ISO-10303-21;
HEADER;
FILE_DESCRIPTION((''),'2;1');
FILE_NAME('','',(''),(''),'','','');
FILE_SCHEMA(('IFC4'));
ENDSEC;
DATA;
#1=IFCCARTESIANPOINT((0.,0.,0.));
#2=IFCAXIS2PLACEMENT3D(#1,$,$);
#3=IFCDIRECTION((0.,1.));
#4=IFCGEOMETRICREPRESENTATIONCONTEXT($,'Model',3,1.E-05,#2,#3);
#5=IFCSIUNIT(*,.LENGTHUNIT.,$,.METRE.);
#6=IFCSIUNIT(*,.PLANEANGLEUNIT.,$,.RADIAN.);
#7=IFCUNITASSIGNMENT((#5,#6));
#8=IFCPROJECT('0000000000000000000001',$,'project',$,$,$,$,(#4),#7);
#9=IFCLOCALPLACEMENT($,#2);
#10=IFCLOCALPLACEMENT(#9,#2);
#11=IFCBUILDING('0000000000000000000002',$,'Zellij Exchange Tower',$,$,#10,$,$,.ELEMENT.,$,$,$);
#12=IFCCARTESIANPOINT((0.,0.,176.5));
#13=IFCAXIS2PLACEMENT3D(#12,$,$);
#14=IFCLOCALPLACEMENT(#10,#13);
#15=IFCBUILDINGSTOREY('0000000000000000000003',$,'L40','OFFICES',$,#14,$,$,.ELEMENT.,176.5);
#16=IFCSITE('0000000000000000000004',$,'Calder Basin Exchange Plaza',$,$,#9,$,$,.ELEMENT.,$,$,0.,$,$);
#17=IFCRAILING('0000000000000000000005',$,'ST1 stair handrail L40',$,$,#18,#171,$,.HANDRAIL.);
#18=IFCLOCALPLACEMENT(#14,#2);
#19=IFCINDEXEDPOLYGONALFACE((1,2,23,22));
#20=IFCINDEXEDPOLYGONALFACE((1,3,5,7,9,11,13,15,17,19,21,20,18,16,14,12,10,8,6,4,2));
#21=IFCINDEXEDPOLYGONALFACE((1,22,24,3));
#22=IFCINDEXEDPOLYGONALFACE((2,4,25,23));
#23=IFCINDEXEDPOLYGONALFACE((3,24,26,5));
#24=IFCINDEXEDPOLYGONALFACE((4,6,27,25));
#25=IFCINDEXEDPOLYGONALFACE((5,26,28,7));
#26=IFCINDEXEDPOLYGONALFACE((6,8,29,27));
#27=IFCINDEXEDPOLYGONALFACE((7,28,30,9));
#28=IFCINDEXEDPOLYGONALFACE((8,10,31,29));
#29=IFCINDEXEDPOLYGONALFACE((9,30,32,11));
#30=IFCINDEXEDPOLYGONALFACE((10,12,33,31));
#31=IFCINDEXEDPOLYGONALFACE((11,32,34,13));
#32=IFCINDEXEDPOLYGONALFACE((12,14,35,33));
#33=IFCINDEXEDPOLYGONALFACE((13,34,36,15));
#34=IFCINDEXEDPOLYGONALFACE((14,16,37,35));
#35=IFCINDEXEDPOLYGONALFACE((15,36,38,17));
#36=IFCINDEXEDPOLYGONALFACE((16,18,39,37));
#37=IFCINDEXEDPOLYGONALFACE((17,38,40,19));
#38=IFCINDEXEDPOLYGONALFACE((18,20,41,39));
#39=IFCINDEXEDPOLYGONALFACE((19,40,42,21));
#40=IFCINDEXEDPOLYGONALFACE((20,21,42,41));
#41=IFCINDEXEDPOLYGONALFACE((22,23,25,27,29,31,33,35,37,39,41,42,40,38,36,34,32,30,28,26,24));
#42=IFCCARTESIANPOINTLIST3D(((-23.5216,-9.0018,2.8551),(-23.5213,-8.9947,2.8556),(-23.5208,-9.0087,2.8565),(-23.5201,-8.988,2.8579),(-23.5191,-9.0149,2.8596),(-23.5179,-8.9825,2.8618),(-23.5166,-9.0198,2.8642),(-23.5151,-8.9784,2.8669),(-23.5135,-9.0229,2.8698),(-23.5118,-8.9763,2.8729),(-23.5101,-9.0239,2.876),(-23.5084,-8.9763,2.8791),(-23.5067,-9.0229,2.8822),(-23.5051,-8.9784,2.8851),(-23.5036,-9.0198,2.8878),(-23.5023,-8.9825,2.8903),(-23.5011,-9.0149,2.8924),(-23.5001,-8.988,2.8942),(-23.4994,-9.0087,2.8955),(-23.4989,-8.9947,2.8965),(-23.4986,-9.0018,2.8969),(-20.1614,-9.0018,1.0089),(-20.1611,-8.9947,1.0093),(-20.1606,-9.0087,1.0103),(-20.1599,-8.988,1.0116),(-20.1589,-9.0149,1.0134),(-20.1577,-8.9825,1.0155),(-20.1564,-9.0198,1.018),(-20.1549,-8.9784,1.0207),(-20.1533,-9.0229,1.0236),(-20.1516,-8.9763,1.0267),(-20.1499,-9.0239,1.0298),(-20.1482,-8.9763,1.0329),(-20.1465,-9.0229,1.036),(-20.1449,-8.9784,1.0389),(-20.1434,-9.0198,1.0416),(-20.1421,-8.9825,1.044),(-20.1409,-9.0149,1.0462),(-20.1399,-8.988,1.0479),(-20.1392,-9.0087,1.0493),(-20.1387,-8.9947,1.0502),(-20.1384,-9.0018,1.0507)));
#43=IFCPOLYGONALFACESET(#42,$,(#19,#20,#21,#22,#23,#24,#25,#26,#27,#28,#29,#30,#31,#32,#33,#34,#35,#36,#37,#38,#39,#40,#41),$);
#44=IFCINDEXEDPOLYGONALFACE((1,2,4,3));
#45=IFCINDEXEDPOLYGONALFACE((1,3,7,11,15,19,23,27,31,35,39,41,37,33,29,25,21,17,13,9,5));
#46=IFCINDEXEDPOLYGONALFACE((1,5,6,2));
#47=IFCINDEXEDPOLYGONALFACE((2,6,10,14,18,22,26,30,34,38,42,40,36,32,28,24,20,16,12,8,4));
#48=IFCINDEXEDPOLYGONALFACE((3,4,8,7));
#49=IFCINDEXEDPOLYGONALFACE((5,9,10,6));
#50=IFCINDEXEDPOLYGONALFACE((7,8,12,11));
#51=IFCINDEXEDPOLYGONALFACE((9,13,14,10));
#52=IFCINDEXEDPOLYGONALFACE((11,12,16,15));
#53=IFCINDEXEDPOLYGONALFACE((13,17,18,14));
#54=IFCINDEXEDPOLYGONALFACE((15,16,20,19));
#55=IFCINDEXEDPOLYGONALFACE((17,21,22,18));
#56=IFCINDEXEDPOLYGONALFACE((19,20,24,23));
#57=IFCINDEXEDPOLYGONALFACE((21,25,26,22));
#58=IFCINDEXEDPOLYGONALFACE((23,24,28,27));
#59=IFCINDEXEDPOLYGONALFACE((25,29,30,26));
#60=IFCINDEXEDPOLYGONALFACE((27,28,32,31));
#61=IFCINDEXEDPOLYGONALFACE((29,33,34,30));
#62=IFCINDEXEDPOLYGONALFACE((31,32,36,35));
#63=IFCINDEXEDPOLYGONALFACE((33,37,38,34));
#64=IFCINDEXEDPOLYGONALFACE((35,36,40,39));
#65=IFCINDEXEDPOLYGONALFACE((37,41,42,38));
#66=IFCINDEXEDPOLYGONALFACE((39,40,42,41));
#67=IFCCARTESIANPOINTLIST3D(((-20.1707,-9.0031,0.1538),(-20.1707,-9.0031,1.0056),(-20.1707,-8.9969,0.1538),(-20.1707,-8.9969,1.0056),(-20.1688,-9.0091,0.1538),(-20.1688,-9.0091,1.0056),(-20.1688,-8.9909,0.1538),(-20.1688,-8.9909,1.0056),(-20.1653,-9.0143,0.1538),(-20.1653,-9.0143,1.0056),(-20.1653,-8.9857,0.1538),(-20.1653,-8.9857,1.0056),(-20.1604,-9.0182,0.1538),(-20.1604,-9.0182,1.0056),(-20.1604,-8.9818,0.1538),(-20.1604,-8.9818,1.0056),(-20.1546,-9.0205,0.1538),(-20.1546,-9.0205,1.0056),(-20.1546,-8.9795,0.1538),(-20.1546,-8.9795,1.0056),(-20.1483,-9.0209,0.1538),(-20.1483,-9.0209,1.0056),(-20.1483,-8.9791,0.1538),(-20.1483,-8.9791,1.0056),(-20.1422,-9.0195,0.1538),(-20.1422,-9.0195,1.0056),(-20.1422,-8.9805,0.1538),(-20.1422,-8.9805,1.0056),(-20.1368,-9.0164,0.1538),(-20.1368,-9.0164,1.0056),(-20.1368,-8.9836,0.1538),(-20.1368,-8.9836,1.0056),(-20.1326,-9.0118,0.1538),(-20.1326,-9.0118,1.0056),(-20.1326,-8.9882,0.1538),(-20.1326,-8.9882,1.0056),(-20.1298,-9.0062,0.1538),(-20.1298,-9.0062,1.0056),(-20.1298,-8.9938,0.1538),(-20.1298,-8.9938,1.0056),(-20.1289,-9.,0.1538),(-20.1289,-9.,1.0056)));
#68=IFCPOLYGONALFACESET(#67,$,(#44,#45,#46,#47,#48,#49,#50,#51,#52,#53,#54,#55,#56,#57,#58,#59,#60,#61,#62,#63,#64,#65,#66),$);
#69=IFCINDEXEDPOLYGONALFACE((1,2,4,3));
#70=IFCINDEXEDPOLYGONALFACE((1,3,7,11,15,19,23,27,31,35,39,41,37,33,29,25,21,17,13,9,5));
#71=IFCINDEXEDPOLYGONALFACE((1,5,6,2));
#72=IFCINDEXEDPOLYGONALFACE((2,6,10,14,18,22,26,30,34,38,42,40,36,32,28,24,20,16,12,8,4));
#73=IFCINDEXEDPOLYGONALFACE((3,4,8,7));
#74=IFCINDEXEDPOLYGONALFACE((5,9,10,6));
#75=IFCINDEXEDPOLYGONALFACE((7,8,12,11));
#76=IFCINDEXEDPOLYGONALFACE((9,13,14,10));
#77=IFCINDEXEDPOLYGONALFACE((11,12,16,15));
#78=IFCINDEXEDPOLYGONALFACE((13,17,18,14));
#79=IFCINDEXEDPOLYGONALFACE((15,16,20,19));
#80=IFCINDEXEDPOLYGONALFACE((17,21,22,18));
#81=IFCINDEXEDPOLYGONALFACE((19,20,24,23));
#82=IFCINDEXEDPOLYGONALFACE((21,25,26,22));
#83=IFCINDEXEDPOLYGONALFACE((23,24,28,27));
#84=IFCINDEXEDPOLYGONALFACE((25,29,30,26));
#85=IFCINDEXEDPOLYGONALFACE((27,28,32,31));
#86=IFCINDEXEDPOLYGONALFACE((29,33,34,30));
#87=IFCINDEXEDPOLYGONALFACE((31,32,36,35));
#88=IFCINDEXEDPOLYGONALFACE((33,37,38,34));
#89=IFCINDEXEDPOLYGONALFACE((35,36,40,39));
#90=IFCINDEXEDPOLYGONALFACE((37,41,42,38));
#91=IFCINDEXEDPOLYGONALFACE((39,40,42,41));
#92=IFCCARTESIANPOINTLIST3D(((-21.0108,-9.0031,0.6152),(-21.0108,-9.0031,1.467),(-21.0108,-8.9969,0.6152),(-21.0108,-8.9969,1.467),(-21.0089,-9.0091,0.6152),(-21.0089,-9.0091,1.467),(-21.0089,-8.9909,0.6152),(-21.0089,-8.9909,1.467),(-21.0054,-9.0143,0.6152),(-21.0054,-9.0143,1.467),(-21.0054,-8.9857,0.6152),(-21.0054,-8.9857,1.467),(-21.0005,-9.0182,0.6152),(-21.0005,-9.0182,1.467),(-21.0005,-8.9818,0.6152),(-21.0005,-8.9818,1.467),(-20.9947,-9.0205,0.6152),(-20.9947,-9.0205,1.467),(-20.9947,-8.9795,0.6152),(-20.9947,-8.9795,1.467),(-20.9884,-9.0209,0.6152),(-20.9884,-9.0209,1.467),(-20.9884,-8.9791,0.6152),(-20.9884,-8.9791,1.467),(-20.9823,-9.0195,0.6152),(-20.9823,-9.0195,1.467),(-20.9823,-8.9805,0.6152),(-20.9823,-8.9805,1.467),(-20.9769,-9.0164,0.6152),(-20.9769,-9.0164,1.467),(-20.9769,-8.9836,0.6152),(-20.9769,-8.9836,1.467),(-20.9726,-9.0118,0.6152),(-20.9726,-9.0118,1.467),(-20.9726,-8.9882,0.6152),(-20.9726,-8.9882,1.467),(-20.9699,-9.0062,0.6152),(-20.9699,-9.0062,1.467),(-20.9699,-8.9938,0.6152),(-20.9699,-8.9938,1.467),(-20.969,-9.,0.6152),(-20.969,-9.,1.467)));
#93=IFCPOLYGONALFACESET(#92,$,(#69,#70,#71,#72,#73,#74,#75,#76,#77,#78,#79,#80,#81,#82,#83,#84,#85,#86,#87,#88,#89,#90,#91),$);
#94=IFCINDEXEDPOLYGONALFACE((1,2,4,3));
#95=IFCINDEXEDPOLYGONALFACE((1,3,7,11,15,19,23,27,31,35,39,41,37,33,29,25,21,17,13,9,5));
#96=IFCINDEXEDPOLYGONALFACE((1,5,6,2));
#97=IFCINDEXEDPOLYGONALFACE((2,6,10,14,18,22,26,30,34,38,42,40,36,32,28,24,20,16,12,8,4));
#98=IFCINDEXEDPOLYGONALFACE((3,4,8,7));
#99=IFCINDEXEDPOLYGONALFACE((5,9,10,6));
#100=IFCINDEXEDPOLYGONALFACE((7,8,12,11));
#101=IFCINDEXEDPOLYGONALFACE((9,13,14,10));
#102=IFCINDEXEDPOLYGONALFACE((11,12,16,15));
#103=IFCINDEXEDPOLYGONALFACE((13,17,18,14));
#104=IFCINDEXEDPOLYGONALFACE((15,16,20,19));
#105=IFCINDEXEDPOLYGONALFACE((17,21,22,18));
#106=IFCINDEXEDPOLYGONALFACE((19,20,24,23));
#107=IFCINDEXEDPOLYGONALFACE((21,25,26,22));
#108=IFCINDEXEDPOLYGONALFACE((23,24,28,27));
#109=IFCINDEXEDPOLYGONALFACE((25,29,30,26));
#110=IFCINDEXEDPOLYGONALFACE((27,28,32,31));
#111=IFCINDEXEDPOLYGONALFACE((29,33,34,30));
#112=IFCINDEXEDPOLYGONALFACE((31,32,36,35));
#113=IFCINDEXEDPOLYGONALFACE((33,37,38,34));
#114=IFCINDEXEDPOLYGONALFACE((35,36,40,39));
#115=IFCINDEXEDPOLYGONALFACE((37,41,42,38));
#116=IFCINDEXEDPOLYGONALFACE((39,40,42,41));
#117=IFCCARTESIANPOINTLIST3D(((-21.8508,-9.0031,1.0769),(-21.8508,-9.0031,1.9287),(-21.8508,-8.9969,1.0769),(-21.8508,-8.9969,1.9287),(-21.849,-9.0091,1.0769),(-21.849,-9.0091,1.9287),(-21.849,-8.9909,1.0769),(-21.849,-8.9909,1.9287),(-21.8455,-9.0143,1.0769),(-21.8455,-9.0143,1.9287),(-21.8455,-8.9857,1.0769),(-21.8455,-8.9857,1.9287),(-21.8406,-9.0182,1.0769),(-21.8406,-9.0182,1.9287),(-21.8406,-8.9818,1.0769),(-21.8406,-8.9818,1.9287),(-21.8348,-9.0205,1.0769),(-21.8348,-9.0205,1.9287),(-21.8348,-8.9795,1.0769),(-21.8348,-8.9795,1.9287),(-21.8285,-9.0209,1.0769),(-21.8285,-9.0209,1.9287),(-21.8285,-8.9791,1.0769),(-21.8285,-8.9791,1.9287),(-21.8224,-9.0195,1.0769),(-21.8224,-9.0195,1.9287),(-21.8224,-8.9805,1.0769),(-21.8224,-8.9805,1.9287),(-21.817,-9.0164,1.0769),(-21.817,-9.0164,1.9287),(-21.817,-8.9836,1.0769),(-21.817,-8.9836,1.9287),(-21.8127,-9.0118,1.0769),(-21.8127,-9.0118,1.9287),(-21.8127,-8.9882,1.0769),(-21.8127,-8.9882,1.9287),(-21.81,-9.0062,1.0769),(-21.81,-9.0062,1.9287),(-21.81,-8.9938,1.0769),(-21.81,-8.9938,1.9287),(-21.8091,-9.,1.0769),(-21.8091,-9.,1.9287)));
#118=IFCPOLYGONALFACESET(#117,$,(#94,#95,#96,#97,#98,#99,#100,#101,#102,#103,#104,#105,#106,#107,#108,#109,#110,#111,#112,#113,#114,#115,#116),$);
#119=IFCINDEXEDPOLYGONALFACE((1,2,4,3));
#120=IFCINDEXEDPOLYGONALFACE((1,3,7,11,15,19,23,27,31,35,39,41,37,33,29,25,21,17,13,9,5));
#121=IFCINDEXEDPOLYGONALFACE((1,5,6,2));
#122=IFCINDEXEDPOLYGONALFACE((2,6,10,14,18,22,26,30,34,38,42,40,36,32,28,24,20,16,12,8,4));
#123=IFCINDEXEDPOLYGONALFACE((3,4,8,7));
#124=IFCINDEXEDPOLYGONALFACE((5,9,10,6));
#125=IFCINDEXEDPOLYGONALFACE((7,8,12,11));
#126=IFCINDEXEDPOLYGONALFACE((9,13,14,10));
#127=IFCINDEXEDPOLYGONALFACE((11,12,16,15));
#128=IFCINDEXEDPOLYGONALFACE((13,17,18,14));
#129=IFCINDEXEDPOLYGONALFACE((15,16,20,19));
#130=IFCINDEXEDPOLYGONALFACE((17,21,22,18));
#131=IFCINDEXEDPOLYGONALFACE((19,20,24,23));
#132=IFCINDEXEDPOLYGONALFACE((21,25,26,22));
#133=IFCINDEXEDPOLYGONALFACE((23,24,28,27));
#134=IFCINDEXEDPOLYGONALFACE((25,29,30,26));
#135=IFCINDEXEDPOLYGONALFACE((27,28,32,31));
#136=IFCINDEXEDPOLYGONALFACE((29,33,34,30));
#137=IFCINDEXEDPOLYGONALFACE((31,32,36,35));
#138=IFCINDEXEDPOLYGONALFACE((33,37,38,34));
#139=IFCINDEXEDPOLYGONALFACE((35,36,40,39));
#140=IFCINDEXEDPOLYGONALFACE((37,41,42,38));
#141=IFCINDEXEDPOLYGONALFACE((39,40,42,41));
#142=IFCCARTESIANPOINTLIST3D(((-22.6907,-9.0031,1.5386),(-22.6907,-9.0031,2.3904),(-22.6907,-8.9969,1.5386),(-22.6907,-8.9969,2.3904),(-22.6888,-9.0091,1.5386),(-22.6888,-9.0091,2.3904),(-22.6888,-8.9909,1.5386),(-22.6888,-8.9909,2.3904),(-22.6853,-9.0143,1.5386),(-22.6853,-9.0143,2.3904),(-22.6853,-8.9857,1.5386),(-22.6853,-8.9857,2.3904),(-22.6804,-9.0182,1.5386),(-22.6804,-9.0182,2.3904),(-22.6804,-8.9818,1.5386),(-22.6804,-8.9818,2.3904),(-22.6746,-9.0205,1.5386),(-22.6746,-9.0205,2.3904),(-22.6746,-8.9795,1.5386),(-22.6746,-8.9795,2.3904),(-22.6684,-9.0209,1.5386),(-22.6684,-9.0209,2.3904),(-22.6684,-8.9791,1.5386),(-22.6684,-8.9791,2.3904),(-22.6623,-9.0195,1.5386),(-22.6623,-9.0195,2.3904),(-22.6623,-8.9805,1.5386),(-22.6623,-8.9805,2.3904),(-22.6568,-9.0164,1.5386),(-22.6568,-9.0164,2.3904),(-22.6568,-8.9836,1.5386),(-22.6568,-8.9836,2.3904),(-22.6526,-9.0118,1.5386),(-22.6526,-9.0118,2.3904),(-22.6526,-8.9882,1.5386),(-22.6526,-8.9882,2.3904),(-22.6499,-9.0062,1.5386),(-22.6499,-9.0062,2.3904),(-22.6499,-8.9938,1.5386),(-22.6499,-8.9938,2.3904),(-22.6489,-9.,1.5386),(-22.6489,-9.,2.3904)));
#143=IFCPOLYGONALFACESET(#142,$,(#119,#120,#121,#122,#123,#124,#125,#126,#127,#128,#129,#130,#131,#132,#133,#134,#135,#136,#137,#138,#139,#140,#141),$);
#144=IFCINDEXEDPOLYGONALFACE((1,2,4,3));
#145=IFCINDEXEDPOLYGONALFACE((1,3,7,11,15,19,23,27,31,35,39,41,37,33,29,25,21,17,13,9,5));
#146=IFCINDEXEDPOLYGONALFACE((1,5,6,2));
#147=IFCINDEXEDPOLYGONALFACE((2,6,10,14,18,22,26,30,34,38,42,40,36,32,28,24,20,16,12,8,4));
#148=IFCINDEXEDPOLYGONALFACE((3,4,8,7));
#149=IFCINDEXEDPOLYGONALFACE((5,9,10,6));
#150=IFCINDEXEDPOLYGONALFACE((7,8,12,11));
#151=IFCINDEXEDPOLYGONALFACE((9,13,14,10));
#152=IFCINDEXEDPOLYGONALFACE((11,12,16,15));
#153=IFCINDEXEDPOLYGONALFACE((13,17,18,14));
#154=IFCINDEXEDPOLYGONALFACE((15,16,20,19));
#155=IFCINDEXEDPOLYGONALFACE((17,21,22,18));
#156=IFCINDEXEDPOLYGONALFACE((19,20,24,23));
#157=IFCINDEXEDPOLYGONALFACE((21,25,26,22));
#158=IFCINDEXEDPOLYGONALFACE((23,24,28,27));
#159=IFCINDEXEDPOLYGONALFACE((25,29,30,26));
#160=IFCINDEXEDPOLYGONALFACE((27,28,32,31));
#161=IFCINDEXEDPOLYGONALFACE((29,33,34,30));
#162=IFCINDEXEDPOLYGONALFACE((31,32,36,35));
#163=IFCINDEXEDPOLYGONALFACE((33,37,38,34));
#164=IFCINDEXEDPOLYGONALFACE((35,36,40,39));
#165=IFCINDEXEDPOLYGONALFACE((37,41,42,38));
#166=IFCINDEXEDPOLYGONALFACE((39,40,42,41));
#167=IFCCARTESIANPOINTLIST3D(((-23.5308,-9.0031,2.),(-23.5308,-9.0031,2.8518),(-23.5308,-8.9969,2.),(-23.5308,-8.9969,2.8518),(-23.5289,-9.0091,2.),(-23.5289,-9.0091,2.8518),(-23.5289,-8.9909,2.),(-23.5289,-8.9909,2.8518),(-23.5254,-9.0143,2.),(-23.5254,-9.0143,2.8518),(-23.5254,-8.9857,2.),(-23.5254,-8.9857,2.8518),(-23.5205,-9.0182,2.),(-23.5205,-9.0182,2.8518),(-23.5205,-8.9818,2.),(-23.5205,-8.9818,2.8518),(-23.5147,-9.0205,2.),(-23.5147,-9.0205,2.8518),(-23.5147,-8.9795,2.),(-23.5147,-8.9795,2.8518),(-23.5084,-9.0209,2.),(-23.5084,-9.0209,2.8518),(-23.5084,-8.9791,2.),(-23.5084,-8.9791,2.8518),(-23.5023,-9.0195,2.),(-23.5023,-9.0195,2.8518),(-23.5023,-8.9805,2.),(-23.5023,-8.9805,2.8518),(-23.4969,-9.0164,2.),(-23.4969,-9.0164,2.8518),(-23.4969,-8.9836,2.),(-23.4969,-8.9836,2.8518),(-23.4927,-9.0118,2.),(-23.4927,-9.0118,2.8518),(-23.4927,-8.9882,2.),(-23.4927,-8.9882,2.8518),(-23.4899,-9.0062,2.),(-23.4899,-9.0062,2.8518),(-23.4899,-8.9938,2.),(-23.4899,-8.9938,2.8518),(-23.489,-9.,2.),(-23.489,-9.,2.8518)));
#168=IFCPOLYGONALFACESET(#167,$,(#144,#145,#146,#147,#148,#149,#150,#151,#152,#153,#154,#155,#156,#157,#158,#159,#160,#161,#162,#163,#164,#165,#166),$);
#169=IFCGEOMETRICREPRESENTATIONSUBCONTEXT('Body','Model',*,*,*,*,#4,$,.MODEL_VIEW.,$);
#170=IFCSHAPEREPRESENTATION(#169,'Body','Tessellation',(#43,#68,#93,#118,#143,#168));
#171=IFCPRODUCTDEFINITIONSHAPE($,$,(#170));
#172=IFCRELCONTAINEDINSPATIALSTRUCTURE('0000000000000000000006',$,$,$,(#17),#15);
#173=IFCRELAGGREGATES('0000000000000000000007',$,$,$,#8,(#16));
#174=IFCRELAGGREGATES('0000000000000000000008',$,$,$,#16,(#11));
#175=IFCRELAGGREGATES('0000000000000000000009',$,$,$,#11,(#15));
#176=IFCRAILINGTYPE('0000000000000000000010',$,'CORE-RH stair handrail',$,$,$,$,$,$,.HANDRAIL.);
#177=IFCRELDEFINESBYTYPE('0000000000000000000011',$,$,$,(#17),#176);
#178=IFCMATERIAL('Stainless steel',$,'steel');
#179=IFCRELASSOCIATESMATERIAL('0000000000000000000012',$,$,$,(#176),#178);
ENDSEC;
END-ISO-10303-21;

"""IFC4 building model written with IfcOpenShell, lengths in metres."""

from ifc_helpers import new_model, si_unit, direction, frame, origin, origin_2d, place, context, subcontext, project, spatial, circle, extrude, material, type_object, element, save


model = new_model("IFC4")

# Units and contexts
model_context = context("Model", 3, precision=1e-05, world=origin(), true_north=direction((0.0, 1.0)))
body_context = subcontext(model_context, "Body", "Model", "MODEL_VIEW")
ifc_project = project(units=[si_unit("LENGTHUNIT", "METRE"), si_unit("PLANEANGLEUNIT", "RADIAN")], contexts=[model_context])

# Site, building, storey
site_placement = place(None, origin())
site = spatial("IfcSite", under=ifc_project, at=site_placement, Name="Calder Basin Exchange Plaza", CompositionType="ELEMENT", RefElevation=0.0)
building_placement = place(site_placement, origin())
building = spatial("IfcBuilding", under=site, at=building_placement, Name="Zellij Exchange Tower", CompositionType="ELEMENT")
storey_placement = place(building_placement, frame((0.0, 0.0, 176.5)))
storey = spatial("IfcBuildingStorey", under=building, at=storey_placement, Name="L40", Description="OFFICES", CompositionType="ELEMENT", Elevation=176.5)

# Railing
ifc_material_1 = material(Name="Stainless steel", Category="steel")
railing_type_1 = type_object("IfcRailingType", Name="CORE-RH stair handrail", PredefinedType="HANDRAIL", material=ifc_material_1)
railing_1_placement = place(storey_placement, frame((-20.1499, -9.0, 0.1538)))
element("IfcRailing", 1, at=railing_1_placement, inside=storey, type_object=railing_type_1, Name="ST1 stair handrail L40", PredefinedType="HANDRAIL", context=body_context, shape_type="SweptSolid", body=[
    extrude(circle(Radius=0.0239, at=origin_2d()), frame((0.0, 0.0, 0.876), z_axis=(-0.876422, 0.0, 0.481545), x_axis=(0.0, -1.0, 0.0)), (0.0, 0.0, 1.0), 3.834),
    extrude(circle(Radius=0.021, at=origin_2d()), origin(), (0.0, 0.0, 1.0), 0.8518),
    extrude(circle(Radius=0.021, at=origin_2d()), frame((-0.8401, 0.0, 0.4614)), (0.0, 0.0, 1.0), 0.8518),
    extrude(circle(Radius=0.021, at=origin_2d()), frame((-1.6802, 0.0, 0.9231)), (0.0, 0.0, 1.0), 0.8518),
    extrude(circle(Radius=0.021, at=origin_2d()), frame((-2.52, 0.0, 1.3848)), (0.0, 0.0, 1.0), 0.8518),
    extrude(circle(Radius=0.021, at=origin_2d()), frame((-3.3601, 0.0, 1.8462)), (0.0, 0.0, 1.0), 0.8518),
])

save(model, "model.ifc")
